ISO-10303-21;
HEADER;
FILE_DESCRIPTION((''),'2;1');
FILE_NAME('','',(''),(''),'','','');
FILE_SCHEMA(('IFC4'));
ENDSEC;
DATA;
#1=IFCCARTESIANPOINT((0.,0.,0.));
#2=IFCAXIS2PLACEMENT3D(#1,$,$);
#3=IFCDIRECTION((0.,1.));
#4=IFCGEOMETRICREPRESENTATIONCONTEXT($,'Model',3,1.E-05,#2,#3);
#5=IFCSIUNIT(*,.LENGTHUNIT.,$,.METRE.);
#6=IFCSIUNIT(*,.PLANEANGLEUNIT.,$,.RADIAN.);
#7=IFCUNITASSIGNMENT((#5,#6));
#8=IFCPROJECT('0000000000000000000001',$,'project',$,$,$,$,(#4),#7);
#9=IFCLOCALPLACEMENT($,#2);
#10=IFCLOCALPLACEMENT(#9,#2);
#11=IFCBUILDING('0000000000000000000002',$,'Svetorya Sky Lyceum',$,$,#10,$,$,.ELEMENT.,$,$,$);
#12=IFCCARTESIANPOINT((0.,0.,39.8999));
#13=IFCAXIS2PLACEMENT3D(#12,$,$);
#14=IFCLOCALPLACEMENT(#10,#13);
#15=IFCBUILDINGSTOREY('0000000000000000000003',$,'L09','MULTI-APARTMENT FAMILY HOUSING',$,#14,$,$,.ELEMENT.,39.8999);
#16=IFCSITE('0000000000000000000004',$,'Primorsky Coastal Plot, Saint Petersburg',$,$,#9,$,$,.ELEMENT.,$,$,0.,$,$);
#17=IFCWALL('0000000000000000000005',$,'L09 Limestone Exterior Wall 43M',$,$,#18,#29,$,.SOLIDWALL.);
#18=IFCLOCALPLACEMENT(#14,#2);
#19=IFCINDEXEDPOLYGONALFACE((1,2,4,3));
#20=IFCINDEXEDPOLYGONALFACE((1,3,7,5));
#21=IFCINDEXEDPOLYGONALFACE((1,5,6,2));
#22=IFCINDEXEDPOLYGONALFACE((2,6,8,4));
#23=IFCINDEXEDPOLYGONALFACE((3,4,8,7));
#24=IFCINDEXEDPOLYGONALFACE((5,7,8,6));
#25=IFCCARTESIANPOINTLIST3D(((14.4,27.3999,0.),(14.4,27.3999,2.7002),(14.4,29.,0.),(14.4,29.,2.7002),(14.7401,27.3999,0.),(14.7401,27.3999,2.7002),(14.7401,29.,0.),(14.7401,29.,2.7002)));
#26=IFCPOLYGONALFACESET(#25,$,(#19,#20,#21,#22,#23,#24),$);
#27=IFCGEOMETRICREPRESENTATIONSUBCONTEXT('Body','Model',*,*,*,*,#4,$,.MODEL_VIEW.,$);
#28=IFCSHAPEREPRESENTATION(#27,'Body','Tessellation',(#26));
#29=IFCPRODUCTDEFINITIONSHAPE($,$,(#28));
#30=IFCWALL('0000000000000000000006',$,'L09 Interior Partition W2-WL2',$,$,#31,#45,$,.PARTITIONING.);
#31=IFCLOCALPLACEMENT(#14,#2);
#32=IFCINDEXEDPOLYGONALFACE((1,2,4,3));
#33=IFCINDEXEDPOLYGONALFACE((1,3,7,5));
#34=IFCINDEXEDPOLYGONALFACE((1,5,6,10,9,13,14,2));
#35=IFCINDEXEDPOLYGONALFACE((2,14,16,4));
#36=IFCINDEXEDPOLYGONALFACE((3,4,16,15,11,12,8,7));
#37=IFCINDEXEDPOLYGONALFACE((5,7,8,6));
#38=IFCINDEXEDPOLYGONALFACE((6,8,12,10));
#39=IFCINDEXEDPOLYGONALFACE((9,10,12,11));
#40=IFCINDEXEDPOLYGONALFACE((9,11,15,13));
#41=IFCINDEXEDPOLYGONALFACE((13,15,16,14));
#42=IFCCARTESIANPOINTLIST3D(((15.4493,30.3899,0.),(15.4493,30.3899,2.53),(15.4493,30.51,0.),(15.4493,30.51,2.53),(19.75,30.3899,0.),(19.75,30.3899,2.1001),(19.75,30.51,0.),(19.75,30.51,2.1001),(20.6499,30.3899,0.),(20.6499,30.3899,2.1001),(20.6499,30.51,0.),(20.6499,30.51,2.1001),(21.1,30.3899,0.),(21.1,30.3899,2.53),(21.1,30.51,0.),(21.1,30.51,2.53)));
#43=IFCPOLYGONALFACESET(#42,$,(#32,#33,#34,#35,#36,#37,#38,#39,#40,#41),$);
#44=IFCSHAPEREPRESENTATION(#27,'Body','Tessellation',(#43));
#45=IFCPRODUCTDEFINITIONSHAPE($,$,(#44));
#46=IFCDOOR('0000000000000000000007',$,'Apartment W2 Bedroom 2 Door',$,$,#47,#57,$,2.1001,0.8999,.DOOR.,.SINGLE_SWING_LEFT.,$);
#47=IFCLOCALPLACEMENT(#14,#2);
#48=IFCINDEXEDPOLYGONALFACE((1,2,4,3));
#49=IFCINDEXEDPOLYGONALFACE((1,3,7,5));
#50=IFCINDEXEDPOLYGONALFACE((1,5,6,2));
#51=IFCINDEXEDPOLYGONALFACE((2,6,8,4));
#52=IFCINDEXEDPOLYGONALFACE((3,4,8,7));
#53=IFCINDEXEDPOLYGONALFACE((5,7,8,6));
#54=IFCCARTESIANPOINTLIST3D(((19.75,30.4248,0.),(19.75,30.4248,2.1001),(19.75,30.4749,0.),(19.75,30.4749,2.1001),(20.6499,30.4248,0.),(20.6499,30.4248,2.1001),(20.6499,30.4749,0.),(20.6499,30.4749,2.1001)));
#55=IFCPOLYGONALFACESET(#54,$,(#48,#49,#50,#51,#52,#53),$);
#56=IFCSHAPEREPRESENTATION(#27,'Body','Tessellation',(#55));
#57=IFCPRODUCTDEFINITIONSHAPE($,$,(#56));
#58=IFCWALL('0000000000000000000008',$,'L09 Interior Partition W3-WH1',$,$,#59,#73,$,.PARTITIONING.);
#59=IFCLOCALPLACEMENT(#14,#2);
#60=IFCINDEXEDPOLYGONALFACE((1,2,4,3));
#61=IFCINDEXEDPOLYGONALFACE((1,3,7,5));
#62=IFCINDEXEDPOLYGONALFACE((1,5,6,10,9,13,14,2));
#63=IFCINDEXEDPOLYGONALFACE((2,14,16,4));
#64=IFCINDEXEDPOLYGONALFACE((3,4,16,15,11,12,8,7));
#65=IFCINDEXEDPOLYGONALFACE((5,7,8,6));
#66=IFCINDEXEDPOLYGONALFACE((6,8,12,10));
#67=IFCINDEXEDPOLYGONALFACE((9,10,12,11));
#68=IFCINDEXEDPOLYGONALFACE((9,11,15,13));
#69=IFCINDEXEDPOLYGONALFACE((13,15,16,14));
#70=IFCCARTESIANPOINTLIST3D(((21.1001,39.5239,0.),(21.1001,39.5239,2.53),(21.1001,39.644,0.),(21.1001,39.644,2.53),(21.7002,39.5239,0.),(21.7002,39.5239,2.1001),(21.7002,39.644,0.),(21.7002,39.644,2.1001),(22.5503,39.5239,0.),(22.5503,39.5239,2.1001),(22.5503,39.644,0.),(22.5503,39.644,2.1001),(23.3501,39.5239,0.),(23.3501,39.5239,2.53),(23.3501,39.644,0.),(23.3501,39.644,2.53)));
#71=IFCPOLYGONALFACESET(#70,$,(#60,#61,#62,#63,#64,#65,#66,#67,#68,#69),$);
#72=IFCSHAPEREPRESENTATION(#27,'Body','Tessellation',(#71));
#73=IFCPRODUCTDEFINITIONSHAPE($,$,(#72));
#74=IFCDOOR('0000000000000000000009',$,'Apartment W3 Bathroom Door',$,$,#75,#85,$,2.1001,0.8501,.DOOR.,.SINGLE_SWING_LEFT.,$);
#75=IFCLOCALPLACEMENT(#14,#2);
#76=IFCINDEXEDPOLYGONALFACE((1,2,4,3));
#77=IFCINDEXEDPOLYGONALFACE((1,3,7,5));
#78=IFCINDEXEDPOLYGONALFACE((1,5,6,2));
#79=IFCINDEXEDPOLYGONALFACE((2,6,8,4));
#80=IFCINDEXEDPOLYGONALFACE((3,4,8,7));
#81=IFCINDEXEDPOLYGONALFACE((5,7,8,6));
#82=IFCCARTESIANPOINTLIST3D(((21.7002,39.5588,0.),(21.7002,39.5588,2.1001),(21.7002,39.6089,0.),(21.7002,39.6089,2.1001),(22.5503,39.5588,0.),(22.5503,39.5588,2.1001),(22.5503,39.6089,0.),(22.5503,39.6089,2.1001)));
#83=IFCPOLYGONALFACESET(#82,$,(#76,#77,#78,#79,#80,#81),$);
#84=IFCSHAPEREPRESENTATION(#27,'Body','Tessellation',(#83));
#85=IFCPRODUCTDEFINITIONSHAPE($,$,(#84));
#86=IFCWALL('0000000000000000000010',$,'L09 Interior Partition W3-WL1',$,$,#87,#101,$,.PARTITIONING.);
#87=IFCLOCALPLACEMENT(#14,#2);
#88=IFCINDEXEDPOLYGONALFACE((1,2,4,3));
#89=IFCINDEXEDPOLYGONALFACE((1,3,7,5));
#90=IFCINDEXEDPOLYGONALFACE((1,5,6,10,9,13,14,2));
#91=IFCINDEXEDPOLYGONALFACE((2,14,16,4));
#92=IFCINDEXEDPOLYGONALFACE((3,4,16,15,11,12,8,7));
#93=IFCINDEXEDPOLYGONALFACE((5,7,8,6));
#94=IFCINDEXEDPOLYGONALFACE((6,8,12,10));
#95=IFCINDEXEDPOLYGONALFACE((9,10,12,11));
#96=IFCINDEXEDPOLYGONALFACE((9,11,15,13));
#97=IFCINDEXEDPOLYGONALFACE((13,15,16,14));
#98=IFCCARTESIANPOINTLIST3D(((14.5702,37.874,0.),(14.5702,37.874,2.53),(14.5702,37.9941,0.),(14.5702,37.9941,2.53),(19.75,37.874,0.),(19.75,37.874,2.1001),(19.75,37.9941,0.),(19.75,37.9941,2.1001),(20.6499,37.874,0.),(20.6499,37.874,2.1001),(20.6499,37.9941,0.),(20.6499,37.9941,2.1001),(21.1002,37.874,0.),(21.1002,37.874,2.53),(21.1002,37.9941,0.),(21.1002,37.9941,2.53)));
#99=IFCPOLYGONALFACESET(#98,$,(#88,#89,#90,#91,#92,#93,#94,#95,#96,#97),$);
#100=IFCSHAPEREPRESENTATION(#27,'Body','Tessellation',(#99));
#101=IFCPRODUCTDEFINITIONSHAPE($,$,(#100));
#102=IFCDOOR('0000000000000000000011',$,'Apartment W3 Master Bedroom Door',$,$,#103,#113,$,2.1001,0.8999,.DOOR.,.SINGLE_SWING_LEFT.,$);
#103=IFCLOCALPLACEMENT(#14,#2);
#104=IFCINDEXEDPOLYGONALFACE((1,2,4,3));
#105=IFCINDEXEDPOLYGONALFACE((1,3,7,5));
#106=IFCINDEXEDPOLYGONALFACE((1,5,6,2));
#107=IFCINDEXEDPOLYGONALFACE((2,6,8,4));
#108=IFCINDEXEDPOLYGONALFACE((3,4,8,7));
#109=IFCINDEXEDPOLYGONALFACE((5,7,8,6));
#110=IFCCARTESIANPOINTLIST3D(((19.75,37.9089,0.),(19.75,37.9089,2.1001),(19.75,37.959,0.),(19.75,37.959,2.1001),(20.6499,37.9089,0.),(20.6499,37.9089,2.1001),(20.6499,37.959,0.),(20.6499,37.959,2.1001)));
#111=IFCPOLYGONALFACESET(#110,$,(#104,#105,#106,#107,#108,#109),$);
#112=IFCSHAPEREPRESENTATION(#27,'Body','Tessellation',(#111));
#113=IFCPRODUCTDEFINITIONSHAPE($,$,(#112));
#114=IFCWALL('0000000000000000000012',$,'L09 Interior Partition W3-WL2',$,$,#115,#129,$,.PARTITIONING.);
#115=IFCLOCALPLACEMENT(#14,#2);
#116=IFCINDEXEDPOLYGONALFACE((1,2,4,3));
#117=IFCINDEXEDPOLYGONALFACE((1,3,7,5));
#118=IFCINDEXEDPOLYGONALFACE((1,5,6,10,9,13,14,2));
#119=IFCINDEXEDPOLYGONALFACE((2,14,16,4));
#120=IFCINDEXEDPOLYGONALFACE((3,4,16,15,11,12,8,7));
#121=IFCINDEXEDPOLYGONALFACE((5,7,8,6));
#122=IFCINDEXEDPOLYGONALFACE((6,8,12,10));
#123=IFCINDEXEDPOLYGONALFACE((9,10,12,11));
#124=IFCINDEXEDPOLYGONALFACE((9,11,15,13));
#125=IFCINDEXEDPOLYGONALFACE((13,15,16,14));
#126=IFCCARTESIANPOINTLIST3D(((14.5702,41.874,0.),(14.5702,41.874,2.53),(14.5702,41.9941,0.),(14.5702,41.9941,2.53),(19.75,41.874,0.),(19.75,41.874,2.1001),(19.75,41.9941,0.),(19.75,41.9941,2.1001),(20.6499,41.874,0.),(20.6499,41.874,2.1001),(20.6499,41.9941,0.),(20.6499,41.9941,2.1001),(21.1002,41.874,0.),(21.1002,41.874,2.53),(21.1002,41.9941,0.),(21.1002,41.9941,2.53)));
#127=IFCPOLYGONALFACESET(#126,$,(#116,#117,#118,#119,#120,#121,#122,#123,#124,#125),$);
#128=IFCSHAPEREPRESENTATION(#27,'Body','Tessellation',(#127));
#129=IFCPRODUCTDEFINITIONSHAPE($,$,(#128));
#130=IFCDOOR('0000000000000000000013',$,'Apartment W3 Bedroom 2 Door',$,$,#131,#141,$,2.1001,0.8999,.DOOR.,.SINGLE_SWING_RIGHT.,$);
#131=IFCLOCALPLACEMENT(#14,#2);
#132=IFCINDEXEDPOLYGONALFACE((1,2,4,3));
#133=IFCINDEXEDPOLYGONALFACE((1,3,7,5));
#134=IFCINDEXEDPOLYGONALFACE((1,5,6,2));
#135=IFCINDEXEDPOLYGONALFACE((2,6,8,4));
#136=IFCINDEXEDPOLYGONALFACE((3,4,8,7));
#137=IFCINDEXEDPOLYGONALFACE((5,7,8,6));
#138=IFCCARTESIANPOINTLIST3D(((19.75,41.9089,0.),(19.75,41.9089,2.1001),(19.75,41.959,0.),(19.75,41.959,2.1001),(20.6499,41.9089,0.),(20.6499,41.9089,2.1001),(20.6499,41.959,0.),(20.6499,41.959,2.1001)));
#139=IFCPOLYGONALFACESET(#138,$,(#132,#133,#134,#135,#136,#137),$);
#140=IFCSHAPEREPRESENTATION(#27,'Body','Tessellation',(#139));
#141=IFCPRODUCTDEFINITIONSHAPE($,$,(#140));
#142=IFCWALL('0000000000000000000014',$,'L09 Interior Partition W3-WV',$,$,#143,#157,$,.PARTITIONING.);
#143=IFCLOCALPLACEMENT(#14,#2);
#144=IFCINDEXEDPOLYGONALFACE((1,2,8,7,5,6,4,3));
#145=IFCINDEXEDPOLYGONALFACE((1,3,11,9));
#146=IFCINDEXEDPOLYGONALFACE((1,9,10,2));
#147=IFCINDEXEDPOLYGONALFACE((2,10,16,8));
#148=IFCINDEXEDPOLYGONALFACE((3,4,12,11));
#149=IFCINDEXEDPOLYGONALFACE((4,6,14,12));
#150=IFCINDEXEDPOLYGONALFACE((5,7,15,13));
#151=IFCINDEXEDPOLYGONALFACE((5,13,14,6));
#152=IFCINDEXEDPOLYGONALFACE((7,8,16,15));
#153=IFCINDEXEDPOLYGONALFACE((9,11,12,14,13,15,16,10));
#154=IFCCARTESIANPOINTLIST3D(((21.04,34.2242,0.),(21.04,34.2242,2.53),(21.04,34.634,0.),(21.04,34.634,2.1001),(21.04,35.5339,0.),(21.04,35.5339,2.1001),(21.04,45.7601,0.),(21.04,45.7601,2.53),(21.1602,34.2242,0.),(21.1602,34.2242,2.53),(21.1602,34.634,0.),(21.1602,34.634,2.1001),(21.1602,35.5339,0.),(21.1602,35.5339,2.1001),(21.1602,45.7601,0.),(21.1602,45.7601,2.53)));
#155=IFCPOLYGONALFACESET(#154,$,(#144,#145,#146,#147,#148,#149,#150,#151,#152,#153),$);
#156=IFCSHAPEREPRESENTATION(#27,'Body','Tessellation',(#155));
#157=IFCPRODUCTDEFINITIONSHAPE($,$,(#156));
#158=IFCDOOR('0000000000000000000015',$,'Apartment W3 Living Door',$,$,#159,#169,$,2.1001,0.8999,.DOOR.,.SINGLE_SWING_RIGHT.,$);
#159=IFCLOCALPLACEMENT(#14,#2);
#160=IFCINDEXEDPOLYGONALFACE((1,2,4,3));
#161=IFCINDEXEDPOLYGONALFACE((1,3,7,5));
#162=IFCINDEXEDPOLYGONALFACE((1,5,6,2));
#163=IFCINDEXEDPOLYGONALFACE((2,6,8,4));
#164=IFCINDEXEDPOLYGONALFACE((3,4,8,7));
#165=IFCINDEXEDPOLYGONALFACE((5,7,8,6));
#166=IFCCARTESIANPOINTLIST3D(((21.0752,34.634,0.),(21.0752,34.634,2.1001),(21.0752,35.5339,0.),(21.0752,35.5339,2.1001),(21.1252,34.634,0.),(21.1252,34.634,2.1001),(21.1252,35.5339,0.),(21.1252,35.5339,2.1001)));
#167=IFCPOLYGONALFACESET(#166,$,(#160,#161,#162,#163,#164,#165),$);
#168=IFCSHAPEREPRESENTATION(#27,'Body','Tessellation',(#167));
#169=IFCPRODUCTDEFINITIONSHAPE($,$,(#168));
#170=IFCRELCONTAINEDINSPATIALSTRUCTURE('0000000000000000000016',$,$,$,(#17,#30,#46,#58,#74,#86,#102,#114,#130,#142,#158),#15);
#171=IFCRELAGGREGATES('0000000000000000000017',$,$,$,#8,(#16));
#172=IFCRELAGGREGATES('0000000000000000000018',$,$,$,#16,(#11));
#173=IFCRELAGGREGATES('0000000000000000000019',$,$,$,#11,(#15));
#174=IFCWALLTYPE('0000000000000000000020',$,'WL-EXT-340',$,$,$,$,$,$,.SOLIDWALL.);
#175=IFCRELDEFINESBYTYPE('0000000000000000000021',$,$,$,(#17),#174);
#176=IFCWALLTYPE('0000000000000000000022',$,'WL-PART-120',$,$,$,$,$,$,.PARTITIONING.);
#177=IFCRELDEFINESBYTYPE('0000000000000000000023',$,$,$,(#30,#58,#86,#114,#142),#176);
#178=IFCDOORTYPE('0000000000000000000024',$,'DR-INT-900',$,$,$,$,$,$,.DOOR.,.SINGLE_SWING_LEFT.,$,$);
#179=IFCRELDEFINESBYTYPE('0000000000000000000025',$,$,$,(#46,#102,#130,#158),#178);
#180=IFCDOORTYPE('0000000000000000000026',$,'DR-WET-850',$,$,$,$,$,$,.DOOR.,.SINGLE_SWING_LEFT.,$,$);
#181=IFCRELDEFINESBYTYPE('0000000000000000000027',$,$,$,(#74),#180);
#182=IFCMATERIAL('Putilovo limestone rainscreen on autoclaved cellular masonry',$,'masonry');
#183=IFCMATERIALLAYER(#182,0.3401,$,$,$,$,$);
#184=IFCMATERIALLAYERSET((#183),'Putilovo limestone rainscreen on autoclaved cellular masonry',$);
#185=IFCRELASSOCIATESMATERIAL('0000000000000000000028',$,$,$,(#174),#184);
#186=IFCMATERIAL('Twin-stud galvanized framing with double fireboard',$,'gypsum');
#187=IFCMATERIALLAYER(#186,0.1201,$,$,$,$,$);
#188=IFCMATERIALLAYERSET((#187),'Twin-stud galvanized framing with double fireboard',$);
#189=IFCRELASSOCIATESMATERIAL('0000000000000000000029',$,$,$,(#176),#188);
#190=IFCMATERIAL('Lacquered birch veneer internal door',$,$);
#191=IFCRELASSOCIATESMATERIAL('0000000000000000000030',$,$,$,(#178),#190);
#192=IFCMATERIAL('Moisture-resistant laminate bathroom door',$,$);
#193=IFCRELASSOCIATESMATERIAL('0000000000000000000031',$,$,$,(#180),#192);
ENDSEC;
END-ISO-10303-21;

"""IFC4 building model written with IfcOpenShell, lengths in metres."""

from ifc_helpers import new_model, si_unit, direction, frame, frame_2d, origin, place, context, subcontext, project, spatial, rectangle, extrude, material, layer, layer_set, type_object, element, fill, save


model = new_model("IFC4")

# Units and contexts
model_context = context("Model", 3, precision=1e-05, world=origin(), true_north=direction((0.0, 1.0)))
body_context = subcontext(model_context, "Body", "Model", "MODEL_VIEW")
ifc_project = project(units=[si_unit("LENGTHUNIT", "METRE"), si_unit("PLANEANGLEUNIT", "RADIAN")], contexts=[model_context])

# Site, building, storey
site_placement = place(None, origin())
site = spatial("IfcSite", under=ifc_project, at=site_placement, Name="Primorsky Coastal Plot, Saint Petersburg", CompositionType="ELEMENT", RefElevation=0.0)
building_placement = place(site_placement, origin())
building = spatial("IfcBuilding", under=site, at=building_placement, Name="Svetorya Sky Lyceum", CompositionType="ELEMENT")
storey_placement = place(building_placement, frame((0.0, 0.0, 39.8999)))
storey = spatial("IfcBuildingStorey", under=building, at=storey_placement, Name="L09", Description="MULTI-APARTMENT FAMILY HOUSING", CompositionType="ELEMENT", Elevation=39.8999)

# Shared definitions
ifc_material_1 = material(Name="Putilovo limestone rainscreen on autoclaved cellular masonry", Category="masonry")
ifc_layer_1 = layer(ifc_material_1, 0.3401)
ifc_layer_set_1 = layer_set([ifc_layer_1], Name="Putilovo limestone rainscreen on autoclaved cellular masonry")
wall_type_1 = type_object("IfcWallType", Name="WL-EXT-340", PredefinedType="SOLIDWALL", material=ifc_layer_set_1)

# Wall
wall_1_placement = place(storey_placement, frame((14.5701, 29.0, 0.0), z_axis=(0.0, 0.0, 1.0), x_axis=(0.0, -1.0, 0.0)))
element("IfcWall", 1, at=wall_1_placement, inside=storey, type_object=wall_type_1, Name="L09 Limestone Exterior Wall 43M", PredefinedType="SOLIDWALL", context=body_context, shape_type="SweptSolid", body=[
    extrude(rectangle(XDim=1.6001, YDim=0.3401, at=frame_2d((0.8, 0.0))), origin(), (0.0, 0.0, 1.0), 2.7002),
])

# Walls, openings, doors
ifc_material_2 = material(Name="Twin-stud galvanized framing with double fireboard", Category="gypsum")
ifc_layer_2 = layer(ifc_material_2, 0.1201)
ifc_layer_set_2 = layer_set([ifc_layer_2], Name="Twin-stud galvanized framing with double fireboard")
wall_type_2 = type_object("IfcWallType", Name="WL-PART-120", PredefinedType="PARTITIONING", material=ifc_layer_set_2)
wall_2_placement = place(storey_placement, frame((15.4495, 30.45, 0.0), z_axis=(0.0, 0.0, 1.0), x_axis=(1.0, 0.0, 0.0)))
wall_2 = element("IfcWall", 2, at=wall_2_placement, inside=storey, type_object=wall_type_2, Name="L09 Interior Partition W2-WL2", PredefinedType="PARTITIONING", context=body_context, shape_type="SweptSolid", body=[
    extrude(rectangle(XDim=5.6506, YDim=0.1201, at=frame_2d((2.8252, 0.0))), origin(), (0.0, 0.0, 1.0), 2.53),
])
opening_1_placement = place(wall_2_placement, frame((4.3005, 0.0, 0.0)))
opening_1 = element("IfcOpeningElement", 3, at=opening_1_placement, cuts=wall_2, PredefinedType="OPENING", context=body_context, shape_type="SweptSolid", body=[
    extrude(rectangle(XDim=0.8999, YDim=2.1001, at=frame_2d((0.45, 1.05))), frame((0.0, 0.0701, 0.0), z_axis=(0.0, -1.0, 0.0), x_axis=(1.0, 0.0, 0.0)), (0.0, 0.0, 1.0), 0.1401),
])
ifc_material_3 = material(Name="Lacquered birch veneer internal door")
door_type_1 = type_object("IfcDoorType", Name="DR-INT-900", OperationType="SINGLE_SWING_LEFT", PredefinedType="DOOR", material=ifc_material_3)
door_1_placement = place(opening_1_placement, origin())
door_1 = element("IfcDoor", 4, at=door_1_placement, inside=storey, type_object=door_type_1, Name="Apartment W2 Bedroom 2 Door", OperationType="SINGLE_SWING_LEFT", OverallHeight=2.1001, OverallWidth=0.8999, PredefinedType="DOOR", context=body_context, shape_type="SweptSolid", body=[
    extrude(rectangle(XDim=0.8999, YDim=2.1001, at=frame_2d((0.45, 1.05))), frame((0.0, 0.0249, 0.0), z_axis=(0.0, -1.0, 0.0), x_axis=(1.0, 0.0, 0.0)), (0.0, 0.0, 1.0), 0.05),
])
fill(opening_1, door_1)
wall_3_placement = place(storey_placement, frame((21.1001, 39.584, 0.0), z_axis=(0.0, 0.0, 1.0), x_axis=(1.0, 0.0, 0.0)))
wall_3 = element("IfcWall", 5, at=wall_3_placement, inside=storey, type_object=wall_type_2, Name="L09 Interior Partition W3-WH1", PredefinedType="PARTITIONING", context=body_context, shape_type="SweptSolid", body=[
    extrude(rectangle(XDim=2.25, YDim=0.1201, at=frame_2d((1.125, 0.0))), origin(), (0.0, 0.0, 1.0), 2.53),
])
opening_2_placement = place(wall_3_placement, frame((0.6001, 0.0, 0.0)))
opening_2 = element("IfcOpeningElement", 6, at=opening_2_placement, cuts=wall_3, PredefinedType="OPENING", context=body_context, shape_type="SweptSolid", body=[
    extrude(rectangle(XDim=0.8501, YDim=2.1001, at=frame_2d((0.425, 1.05))), frame((0.0, 0.0701, 0.0), z_axis=(0.0, -1.0, 0.0), x_axis=(1.0, 0.0, 0.0)), (0.0, 0.0, 1.0), 0.1401),
])
ifc_material_4 = material(Name="Moisture-resistant laminate bathroom door")
door_type_2 = type_object("IfcDoorType", Name="DR-WET-850", OperationType="SINGLE_SWING_LEFT", PredefinedType="DOOR", material=ifc_material_4)
door_2_placement = place(opening_2_placement, origin())
door_2 = element("IfcDoor", 7, at=door_2_placement, inside=storey, type_object=door_type_2, Name="Apartment W3 Bathroom Door", OperationType="SINGLE_SWING_LEFT", OverallHeight=2.1001, OverallWidth=0.8501, PredefinedType="DOOR", context=body_context, shape_type="SweptSolid", body=[
    extrude(rectangle(XDim=0.8501, YDim=2.1001, at=frame_2d((0.425, 1.05))), frame((0.0, 0.0249, 0.0), z_axis=(0.0, -1.0, 0.0), x_axis=(1.0, 0.0, 0.0)), (0.0, 0.0, 1.0), 0.05),
])
fill(opening_2, door_2)
wall_4_placement = place(storey_placement, frame((14.5701, 37.9341, 0.0), z_axis=(0.0, 0.0, 1.0), x_axis=(1.0, 0.0, 0.0)))
wall_4 = element("IfcWall", 8, at=wall_4_placement, inside=storey, type_object=wall_type_2, Name="L09 Interior Partition W3-WL1", PredefinedType="PARTITIONING", context=body_context, shape_type="SweptSolid", body=[
    extrude(rectangle(XDim=6.53, YDim=0.1201, at=frame_2d((3.2651, 0.0))), origin(), (0.0, 0.0, 1.0), 2.53),
])
opening_3_placement = place(wall_4_placement, frame((5.1799, 0.0, 0.0)))
opening_3 = element("IfcOpeningElement", 9, at=opening_3_placement, cuts=wall_4, PredefinedType="OPENING", context=body_context, shape_type="SweptSolid", body=[
    extrude(rectangle(XDim=0.8999, YDim=2.1001, at=frame_2d((0.45, 1.05))), frame((0.0, 0.0701, 0.0), z_axis=(0.0, -1.0, 0.0), x_axis=(1.0, 0.0, 0.0)), (0.0, 0.0, 1.0), 0.1401),
])
door_3_placement = place(opening_3_placement, origin())
door_3 = element("IfcDoor", 10, at=door_3_placement, inside=storey, type_object=door_type_1, Name="Apartment W3 Master Bedroom Door", OperationType="SINGLE_SWING_LEFT", OverallHeight=2.1001, OverallWidth=0.8999, PredefinedType="DOOR", context=body_context, shape_type="SweptSolid", body=[
    extrude(rectangle(XDim=0.8999, YDim=2.1001, at=frame_2d((0.45, 1.05))), frame((0.0, 0.0249, 0.0), z_axis=(0.0, -1.0, 0.0), x_axis=(1.0, 0.0, 0.0)), (0.0, 0.0, 1.0), 0.05),
])
fill(opening_3, door_3)
wall_5_placement = place(storey_placement, frame((14.5701, 41.9341, 0.0), z_axis=(0.0, 0.0, 1.0), x_axis=(1.0, 0.0, 0.0)))
wall_5 = element("IfcWall", 11, at=wall_5_placement, inside=storey, type_object=wall_type_2, Name="L09 Interior Partition W3-WL2", PredefinedType="PARTITIONING", context=body_context, shape_type="SweptSolid", body=[
    extrude(rectangle(XDim=6.53, YDim=0.1201, at=frame_2d((3.2651, 0.0))), origin(), (0.0, 0.0, 1.0), 2.53),
])
opening_4_placement = place(wall_5_placement, frame((5.1799, 0.0, 0.0)))
opening_4 = element("IfcOpeningElement", 12, at=opening_4_placement, cuts=wall_5, PredefinedType="OPENING", context=body_context, shape_type="SweptSolid", body=[
    extrude(rectangle(XDim=0.8999, YDim=2.1001, at=frame_2d((0.45, 1.05))), frame((0.0, 0.0701, 0.0), z_axis=(0.0, -1.0, 0.0), x_axis=(1.0, 0.0, 0.0)), (0.0, 0.0, 1.0), 0.1401),
])
door_4_placement = place(opening_4_placement, origin())
door_4 = element("IfcDoor", 13, at=door_4_placement, inside=storey, type_object=door_type_1, Name="Apartment W3 Bedroom 2 Door", OperationType="SINGLE_SWING_RIGHT", OverallHeight=2.1001, OverallWidth=0.8999, PredefinedType="DOOR", context=body_context, shape_type="SweptSolid", body=[
    extrude(rectangle(XDim=0.8999, YDim=2.1001, at=frame_2d((0.45, 1.05))), frame((0.0, 0.0249, 0.0), z_axis=(0.0, -1.0, 0.0), x_axis=(1.0, 0.0, 0.0)), (0.0, 0.0, 1.0), 0.05),
])
fill(opening_4, door_4)
wall_6_placement = place(storey_placement, frame((21.1001, 34.2241, 0.0), z_axis=(0.0, 0.0, 1.0), x_axis=(0.0, 1.0, 0.0)))
wall_6 = element("IfcWall", 14, at=wall_6_placement, inside=storey, type_object=wall_type_2, Name="L09 Interior Partition W3-WV", PredefinedType="PARTITIONING", context=body_context, shape_type="SweptSolid", body=[
    extrude(rectangle(XDim=11.5359, YDim=0.1201, at=frame_2d((5.7681, 0.0))), origin(), (0.0, 0.0, 1.0), 2.53),
])
opening_5_placement = place(wall_6_placement, frame((0.4099, 0.0, 0.0)))
opening_5 = element("IfcOpeningElement", 15, at=opening_5_placement, cuts=wall_6, PredefinedType="OPENING", context=body_context, shape_type="SweptSolid", body=[
    extrude(rectangle(XDim=0.8999, YDim=2.1001, at=frame_2d((0.45, 1.05))), frame((0.0, 0.0701, 0.0), z_axis=(0.0, -1.0, 0.0), x_axis=(1.0, 0.0, 0.0)), (0.0, 0.0, 1.0), 0.1401),
])
door_5_placement = place(opening_5_placement, origin())
door_5 = element("IfcDoor", 16, at=door_5_placement, inside=storey, type_object=door_type_1, Name="Apartment W3 Living Door", OperationType="SINGLE_SWING_RIGHT", OverallHeight=2.1001, OverallWidth=0.8999, PredefinedType="DOOR", context=body_context, shape_type="SweptSolid", body=[
    extrude(rectangle(XDim=0.8999, YDim=2.1001, at=frame_2d((0.45, 1.05))), frame((0.0, 0.0249, 0.0), z_axis=(0.0, -1.0, 0.0), x_axis=(1.0, 0.0, 0.0)), (0.0, 0.0, 1.0), 0.05),
])
fill(opening_5, door_5)

save(model, "model.ifc")
